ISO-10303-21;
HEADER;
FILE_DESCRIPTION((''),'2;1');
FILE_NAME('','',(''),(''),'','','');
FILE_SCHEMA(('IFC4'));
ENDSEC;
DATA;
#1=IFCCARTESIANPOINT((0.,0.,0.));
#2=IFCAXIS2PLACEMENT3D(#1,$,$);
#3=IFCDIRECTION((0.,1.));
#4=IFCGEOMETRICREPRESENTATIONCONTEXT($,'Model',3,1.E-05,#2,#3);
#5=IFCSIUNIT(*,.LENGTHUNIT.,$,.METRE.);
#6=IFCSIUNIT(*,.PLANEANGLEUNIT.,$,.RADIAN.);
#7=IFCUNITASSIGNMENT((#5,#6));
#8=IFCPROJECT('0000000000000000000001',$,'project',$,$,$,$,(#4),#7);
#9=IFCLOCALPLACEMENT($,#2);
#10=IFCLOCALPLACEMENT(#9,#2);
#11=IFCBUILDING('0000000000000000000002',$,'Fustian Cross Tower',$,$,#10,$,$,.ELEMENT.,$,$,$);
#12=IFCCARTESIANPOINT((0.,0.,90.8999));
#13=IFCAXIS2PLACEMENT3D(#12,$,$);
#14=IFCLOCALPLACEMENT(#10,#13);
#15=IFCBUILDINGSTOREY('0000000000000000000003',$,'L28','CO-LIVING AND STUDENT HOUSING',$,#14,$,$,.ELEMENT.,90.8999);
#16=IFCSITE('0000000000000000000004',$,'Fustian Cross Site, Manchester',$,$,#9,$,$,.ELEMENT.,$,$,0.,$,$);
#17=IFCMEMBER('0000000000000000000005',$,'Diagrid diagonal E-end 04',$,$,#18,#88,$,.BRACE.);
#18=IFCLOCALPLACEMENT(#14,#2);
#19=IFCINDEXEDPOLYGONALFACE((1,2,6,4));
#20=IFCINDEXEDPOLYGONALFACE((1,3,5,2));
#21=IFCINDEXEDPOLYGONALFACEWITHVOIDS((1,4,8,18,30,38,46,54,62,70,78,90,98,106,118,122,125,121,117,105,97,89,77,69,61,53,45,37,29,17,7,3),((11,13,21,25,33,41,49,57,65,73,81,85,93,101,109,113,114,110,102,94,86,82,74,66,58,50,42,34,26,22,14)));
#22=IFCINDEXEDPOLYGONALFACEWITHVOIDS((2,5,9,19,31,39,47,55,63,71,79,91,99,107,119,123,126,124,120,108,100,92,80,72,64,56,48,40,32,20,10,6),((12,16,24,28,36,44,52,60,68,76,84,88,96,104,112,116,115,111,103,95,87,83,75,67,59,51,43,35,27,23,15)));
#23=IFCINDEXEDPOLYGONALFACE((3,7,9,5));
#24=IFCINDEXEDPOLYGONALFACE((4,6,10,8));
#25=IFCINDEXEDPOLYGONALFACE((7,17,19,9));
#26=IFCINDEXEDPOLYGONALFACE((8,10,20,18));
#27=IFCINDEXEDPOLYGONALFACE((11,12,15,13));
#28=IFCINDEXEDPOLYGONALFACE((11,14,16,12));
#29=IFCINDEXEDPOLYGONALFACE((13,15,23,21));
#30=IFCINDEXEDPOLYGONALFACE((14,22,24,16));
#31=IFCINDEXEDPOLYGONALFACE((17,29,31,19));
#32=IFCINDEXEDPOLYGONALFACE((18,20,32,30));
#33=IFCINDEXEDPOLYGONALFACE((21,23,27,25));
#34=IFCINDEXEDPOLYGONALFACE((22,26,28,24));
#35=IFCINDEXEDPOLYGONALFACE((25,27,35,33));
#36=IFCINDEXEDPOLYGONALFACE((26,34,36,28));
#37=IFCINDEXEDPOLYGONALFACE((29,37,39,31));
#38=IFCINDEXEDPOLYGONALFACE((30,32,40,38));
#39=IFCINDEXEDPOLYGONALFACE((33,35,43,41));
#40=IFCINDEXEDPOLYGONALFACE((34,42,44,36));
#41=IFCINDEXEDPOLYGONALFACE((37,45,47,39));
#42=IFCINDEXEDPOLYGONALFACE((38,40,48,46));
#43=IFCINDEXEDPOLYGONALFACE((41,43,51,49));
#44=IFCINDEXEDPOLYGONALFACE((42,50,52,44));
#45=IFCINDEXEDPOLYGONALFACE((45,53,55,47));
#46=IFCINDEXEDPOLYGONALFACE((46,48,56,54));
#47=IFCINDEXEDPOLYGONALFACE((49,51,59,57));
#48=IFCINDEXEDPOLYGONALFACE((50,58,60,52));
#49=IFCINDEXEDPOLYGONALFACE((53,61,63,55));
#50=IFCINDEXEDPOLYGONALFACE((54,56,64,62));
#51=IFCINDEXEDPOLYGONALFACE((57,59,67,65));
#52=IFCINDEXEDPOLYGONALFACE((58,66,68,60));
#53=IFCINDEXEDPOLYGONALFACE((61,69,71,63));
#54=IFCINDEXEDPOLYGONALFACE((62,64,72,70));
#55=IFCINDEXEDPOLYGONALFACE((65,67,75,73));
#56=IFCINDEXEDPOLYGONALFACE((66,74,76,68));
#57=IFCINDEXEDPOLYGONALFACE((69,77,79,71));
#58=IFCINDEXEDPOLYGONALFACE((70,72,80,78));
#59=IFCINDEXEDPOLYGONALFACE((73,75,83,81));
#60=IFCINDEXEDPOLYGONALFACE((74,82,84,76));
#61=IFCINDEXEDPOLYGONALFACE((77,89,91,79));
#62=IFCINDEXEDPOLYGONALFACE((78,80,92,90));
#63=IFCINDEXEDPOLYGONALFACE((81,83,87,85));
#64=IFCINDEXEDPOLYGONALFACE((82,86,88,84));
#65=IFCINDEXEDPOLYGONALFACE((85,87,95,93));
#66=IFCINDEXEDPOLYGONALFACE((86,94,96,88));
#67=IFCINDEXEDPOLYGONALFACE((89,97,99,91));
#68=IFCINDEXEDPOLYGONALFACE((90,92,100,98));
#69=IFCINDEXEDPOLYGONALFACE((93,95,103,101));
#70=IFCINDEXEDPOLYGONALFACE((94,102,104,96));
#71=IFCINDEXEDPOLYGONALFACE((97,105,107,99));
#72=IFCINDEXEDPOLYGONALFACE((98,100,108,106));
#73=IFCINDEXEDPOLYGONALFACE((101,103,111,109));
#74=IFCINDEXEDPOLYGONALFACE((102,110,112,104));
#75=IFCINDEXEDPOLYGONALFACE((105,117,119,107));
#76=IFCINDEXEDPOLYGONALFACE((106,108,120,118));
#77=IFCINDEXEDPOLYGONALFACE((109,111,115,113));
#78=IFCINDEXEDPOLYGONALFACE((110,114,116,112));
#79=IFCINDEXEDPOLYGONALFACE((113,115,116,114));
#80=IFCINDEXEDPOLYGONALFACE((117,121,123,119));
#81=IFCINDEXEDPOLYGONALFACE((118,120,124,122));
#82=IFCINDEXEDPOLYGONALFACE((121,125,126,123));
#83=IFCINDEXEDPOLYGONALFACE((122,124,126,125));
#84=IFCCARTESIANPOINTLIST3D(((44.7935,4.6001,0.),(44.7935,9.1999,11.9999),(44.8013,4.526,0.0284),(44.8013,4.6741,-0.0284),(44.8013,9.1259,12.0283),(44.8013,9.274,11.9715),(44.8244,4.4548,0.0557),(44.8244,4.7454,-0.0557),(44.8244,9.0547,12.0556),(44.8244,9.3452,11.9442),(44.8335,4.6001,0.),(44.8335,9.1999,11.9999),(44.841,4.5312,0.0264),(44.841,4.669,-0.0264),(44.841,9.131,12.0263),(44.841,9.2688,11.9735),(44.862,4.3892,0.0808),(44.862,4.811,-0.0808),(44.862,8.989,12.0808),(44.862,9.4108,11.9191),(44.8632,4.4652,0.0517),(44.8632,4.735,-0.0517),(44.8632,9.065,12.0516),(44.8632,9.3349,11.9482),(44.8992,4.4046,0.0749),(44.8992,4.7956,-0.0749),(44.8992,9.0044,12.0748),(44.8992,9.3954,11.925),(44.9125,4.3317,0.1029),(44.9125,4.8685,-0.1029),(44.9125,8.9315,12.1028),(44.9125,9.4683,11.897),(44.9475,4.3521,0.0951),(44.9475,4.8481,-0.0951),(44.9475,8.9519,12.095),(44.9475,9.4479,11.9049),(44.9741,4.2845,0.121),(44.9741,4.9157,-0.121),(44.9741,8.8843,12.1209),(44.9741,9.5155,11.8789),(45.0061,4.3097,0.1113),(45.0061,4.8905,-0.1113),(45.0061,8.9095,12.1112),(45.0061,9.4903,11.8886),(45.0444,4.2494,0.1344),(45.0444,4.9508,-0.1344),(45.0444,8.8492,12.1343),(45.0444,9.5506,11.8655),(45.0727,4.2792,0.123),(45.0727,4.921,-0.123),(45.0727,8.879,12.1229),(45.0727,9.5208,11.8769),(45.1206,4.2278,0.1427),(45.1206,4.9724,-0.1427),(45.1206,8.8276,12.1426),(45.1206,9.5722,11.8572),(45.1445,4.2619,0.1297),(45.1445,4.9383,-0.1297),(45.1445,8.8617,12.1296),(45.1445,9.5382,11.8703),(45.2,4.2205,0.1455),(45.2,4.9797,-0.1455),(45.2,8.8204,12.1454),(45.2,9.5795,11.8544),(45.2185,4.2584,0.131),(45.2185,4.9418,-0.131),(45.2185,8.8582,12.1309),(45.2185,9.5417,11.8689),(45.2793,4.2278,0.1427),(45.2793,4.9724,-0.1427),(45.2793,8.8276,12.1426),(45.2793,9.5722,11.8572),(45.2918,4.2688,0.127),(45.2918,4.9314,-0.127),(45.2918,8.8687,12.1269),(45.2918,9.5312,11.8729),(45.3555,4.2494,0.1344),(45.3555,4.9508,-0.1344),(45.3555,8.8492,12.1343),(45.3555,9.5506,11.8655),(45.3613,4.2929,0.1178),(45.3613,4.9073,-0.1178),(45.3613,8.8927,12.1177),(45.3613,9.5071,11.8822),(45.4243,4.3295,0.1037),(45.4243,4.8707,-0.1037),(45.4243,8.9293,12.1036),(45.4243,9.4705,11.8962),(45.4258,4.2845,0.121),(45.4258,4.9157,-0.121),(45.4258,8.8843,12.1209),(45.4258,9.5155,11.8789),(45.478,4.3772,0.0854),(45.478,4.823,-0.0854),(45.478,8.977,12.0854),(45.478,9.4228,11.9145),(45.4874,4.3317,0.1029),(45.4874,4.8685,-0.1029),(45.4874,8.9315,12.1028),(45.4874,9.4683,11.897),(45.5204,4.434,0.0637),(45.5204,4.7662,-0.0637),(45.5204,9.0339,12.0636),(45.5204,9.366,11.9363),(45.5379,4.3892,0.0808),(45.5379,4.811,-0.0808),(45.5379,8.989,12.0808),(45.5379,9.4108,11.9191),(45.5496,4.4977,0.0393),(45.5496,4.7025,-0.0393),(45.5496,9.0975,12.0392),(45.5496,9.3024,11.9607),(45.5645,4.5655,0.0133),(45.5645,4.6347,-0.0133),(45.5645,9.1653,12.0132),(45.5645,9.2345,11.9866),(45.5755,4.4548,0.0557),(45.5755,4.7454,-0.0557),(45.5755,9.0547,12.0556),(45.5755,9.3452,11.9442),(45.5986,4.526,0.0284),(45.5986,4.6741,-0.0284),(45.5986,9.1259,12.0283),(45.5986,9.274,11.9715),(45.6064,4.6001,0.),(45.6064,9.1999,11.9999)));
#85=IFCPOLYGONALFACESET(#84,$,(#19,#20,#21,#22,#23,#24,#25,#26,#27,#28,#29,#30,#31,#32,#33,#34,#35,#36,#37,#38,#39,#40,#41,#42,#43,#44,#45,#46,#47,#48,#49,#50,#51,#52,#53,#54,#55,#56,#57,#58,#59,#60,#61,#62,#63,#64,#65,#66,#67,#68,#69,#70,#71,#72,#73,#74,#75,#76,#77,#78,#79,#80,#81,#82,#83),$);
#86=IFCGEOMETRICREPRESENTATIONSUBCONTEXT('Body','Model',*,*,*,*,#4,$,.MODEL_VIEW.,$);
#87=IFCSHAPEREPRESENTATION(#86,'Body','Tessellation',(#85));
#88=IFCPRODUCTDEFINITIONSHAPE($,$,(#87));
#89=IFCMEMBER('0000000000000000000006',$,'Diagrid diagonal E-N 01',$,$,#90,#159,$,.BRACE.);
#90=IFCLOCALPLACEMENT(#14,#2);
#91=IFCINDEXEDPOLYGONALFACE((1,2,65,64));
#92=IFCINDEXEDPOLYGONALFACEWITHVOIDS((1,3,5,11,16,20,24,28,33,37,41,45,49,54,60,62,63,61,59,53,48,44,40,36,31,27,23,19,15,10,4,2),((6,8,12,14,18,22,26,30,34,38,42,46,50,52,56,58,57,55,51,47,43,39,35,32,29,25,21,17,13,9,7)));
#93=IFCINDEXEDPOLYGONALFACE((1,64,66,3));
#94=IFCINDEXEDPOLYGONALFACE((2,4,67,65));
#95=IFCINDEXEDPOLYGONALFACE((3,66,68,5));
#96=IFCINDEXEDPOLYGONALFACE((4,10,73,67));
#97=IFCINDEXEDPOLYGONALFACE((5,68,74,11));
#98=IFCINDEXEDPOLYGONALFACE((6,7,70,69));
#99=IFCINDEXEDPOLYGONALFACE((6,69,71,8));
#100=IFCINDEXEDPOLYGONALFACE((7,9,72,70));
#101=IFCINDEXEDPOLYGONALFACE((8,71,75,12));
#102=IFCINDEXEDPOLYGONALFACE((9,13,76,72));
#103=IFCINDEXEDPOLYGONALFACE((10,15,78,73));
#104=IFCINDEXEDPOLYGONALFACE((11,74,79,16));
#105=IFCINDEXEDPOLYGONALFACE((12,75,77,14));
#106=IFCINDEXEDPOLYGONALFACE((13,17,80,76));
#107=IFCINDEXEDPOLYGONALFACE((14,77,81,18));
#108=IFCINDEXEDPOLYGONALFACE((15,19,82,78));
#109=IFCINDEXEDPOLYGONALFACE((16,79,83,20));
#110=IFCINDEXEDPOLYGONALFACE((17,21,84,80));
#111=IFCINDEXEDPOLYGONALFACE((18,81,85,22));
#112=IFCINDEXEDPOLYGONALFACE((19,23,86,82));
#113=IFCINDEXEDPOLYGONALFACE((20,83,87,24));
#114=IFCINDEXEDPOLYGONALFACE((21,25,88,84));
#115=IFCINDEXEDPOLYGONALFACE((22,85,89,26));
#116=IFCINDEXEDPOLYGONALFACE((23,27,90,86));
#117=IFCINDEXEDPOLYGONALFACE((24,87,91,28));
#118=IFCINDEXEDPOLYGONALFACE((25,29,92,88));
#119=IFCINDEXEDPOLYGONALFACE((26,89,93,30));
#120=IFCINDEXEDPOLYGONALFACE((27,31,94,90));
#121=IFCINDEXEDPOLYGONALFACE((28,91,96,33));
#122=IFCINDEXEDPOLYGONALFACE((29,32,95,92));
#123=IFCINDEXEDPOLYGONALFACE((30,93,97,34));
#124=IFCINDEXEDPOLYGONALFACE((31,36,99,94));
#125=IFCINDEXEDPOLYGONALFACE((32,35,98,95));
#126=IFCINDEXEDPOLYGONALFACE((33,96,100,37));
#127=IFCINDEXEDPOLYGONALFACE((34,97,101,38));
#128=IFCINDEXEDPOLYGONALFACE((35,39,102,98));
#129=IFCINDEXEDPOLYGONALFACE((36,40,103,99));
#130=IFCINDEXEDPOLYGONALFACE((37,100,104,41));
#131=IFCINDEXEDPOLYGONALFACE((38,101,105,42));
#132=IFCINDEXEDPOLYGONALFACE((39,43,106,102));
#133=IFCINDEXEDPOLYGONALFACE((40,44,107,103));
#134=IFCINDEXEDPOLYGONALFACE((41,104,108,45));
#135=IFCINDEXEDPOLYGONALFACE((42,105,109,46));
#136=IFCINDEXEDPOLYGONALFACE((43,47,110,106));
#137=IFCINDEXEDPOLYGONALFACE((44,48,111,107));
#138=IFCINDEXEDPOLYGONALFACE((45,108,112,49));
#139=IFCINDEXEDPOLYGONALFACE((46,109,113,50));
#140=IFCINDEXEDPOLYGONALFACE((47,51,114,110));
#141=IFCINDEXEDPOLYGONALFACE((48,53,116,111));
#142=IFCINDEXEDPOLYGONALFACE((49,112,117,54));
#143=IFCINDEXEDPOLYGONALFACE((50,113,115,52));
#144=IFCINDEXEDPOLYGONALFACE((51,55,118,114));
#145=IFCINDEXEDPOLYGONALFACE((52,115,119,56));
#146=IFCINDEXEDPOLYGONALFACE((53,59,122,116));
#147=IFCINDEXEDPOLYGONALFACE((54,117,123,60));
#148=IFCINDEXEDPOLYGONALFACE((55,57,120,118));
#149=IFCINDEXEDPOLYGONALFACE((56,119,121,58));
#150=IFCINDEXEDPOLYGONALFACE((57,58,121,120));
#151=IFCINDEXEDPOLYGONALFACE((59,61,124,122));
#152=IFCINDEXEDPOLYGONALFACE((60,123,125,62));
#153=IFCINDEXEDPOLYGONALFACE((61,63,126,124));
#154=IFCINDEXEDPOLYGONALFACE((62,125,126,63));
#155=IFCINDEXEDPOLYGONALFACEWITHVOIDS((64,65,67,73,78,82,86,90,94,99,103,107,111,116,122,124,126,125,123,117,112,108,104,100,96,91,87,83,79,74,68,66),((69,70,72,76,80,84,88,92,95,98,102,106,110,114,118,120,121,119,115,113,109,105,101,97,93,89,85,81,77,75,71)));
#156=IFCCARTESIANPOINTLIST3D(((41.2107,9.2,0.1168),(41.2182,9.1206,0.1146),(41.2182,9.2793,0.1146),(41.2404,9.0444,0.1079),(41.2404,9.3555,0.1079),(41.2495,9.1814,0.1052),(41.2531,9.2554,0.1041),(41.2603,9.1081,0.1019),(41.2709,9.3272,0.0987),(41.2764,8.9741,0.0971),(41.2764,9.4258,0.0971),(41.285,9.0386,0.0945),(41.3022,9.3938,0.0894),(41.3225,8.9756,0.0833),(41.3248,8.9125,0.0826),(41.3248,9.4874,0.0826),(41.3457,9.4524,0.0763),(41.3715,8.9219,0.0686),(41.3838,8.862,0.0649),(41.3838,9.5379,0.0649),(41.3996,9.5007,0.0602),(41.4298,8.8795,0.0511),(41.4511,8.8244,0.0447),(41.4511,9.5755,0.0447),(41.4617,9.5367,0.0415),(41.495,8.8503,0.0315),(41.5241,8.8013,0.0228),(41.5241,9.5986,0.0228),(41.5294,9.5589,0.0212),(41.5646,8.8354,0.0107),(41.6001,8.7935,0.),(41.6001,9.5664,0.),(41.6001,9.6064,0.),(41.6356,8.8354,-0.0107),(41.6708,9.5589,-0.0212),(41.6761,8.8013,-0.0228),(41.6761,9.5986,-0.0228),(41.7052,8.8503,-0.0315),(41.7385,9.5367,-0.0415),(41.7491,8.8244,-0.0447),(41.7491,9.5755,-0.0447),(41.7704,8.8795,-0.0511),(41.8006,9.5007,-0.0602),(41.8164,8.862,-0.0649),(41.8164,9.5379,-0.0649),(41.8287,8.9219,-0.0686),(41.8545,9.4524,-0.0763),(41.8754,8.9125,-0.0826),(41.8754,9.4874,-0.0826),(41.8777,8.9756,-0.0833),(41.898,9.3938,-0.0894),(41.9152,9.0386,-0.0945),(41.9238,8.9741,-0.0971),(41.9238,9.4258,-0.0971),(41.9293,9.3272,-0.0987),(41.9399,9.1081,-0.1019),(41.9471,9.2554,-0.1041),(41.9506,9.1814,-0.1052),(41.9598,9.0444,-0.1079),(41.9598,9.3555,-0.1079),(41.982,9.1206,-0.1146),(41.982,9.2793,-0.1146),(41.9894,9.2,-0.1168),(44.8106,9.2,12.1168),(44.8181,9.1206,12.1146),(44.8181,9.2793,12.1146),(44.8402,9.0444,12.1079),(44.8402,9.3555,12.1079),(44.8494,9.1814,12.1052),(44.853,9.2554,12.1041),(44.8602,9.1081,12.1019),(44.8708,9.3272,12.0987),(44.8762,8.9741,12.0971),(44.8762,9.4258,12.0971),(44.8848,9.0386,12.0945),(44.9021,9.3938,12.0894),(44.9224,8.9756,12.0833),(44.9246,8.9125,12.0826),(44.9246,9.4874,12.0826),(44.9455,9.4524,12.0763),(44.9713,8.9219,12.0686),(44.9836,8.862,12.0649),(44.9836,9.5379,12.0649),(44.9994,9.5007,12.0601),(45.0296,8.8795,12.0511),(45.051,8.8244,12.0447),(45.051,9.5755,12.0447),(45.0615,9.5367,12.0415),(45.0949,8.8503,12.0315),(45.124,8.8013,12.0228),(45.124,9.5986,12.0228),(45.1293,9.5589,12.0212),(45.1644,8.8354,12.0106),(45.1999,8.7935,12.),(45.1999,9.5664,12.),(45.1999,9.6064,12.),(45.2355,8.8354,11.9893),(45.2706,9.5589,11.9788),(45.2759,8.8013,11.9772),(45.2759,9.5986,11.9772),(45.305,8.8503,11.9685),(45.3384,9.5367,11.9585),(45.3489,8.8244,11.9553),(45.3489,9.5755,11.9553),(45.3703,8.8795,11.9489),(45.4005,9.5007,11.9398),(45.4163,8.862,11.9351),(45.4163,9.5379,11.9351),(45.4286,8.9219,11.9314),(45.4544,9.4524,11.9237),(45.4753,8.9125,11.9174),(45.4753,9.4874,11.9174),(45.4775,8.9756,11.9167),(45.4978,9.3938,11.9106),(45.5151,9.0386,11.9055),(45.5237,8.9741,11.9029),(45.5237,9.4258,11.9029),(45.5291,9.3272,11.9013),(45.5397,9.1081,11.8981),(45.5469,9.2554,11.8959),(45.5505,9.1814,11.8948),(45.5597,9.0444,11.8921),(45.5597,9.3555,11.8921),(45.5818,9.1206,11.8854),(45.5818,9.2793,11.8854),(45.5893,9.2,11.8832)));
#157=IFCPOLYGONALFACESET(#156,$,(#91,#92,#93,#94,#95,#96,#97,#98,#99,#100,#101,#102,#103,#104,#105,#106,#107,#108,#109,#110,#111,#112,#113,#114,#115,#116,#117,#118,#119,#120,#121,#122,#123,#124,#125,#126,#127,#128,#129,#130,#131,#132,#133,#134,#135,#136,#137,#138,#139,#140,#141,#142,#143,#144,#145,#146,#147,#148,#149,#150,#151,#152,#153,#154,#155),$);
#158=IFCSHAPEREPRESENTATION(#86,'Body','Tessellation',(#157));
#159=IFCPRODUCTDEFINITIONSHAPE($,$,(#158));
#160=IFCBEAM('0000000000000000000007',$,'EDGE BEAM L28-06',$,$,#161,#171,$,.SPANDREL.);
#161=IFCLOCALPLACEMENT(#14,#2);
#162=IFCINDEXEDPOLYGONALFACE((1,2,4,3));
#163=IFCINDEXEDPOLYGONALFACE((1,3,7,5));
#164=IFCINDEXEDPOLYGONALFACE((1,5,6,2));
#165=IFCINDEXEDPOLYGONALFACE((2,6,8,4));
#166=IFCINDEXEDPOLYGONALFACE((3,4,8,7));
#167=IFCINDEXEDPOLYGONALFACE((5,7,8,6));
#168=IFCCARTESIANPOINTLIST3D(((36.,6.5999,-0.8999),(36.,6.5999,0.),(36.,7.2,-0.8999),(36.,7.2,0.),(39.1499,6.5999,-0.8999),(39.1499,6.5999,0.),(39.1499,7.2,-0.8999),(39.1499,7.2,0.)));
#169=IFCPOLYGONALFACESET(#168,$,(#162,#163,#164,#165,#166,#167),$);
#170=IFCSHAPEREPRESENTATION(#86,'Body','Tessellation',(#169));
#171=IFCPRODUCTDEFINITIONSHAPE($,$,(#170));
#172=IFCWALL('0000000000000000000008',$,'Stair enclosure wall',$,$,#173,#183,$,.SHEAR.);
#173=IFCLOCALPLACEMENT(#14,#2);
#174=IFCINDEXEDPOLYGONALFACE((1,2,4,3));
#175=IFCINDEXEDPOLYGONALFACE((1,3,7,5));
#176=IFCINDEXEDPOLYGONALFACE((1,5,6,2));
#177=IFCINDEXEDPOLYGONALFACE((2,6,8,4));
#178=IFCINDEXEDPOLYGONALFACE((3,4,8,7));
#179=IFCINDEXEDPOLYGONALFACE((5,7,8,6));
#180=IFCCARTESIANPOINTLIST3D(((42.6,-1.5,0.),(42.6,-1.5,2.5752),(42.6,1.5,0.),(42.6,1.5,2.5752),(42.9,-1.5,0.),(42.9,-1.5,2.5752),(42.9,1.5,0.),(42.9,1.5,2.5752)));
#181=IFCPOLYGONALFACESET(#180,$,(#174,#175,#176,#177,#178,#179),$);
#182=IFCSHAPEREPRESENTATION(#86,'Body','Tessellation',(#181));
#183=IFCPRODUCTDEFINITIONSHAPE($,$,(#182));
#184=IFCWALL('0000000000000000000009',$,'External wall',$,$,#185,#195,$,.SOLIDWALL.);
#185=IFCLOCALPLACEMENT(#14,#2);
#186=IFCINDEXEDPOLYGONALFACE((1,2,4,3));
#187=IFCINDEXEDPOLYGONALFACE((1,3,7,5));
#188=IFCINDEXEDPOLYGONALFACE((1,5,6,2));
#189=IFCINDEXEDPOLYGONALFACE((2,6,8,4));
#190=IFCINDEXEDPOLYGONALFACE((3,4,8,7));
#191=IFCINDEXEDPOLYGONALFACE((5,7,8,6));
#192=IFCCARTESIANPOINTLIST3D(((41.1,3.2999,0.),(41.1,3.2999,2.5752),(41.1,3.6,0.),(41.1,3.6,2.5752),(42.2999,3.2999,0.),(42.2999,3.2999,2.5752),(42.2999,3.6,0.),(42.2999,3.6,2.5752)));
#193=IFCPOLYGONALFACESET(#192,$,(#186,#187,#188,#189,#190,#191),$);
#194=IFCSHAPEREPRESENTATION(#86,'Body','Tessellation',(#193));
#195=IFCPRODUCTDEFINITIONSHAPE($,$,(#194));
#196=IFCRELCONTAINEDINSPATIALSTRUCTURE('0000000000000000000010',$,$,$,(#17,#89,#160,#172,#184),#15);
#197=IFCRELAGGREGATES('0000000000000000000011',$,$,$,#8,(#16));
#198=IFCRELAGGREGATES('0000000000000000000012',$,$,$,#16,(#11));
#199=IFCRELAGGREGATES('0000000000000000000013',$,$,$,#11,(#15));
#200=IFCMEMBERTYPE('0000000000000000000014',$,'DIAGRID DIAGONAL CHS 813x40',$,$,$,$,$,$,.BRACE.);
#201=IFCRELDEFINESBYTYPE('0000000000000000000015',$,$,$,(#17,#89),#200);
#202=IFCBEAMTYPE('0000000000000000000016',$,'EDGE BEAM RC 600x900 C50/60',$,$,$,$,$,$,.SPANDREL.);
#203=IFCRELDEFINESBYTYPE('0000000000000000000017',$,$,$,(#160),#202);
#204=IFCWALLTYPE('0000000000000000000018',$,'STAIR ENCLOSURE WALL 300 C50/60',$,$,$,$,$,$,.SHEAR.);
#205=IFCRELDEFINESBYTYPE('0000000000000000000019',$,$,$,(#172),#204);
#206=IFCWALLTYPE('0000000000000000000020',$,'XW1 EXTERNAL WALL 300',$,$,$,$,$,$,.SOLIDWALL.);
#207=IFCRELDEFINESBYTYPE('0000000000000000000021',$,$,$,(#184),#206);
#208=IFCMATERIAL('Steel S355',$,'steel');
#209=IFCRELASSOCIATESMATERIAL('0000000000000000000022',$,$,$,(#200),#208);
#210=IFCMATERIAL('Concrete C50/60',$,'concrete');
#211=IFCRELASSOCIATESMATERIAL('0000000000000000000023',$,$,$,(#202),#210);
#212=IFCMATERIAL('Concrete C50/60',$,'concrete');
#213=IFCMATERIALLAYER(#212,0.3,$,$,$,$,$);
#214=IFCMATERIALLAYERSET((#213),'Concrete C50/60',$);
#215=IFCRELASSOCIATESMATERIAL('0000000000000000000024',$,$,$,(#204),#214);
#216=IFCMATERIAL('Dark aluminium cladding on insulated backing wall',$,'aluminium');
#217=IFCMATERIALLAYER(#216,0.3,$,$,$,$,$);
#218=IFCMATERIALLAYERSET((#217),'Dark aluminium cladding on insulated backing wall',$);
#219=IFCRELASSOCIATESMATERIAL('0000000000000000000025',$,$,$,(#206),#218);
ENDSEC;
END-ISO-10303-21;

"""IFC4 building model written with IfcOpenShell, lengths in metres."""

from ifc_helpers import new_model, si_unit, direction, frame, frame_2d, origin, origin_2d, place, context, subcontext, project, spatial, rectangle, hollow_circle, extrude, material, layer, layer_set, material_profile, profile_set, type_object, element, save


model = new_model("IFC4")

# Units and contexts
model_context = context("Model", 3, precision=1e-05, world=origin(), true_north=direction((0.0, 1.0)))
body_context = subcontext(model_context, "Body", "Model", "MODEL_VIEW")
ifc_project = project(units=[si_unit("LENGTHUNIT", "METRE"), si_unit("PLANEANGLEUNIT", "RADIAN")], contexts=[model_context])

# Site, building, storey
site_placement = place(None, origin())
site = spatial("IfcSite", under=ifc_project, at=site_placement, Name="Fustian Cross Site, Manchester", CompositionType="ELEMENT", RefElevation=0.0)
building_placement = place(site_placement, origin())
building = spatial("IfcBuilding", under=site, at=building_placement, Name="Fustian Cross Tower", CompositionType="ELEMENT")
storey_placement = place(building_placement, frame((0.0, 0.0, 90.8999)))
storey = spatial("IfcBuildingStorey", under=building, at=storey_placement, Name="L28", Description="CO-LIVING AND STUDENT HOUSING", CompositionType="ELEMENT", Elevation=90.8999)

# Members
ifc_material_1 = material(Name="Steel S355", Category="steel")
ifc_material_profile_1 = material_profile(ifc_material_1, hollow_circle(Radius=0.4065, WallThickness=0.04, at=origin_2d()), Name="CHS 813x40")
ifc_profile_set_1 = profile_set([ifc_material_profile_1], Name="Steel S355")
member_type_1 = type_object("IfcMemberType", Name="DIAGRID DIAGONAL CHS 813x40", PredefinedType="BRACE", material=ifc_profile_set_1)
member_1_placement = place(storey_placement, frame((45.2, 4.6001, 0.0), z_axis=(0.0, 0.357926, 0.93375), x_axis=(-1.0, 0.0, 0.0)))
element("IfcMember", 1, at=member_1_placement, inside=storey, type_object=member_type_1, Name="Diagrid diagonal E-end 04", PredefinedType="BRACE", context=body_context, shape_type="SweptSolid", body=[
    extrude(hollow_circle(Radius=0.4065, WallThickness=0.04, at=origin_2d()), origin(), (0.0, 0.0, 1.0), 12.8513),
])
member_2_placement = place(storey_placement, frame((41.6001, 9.2, 0.0), z_axis=(0.287337, 0.0, 0.95783), x_axis=(0.0, 1.0, 0.0)))
element("IfcMember", 2, at=member_2_placement, inside=storey, type_object=member_type_1, Name="Diagrid diagonal E-N 01", PredefinedType="BRACE", context=body_context, shape_type="SweptSolid", body=[
    extrude(hollow_circle(Radius=0.4065, WallThickness=0.04, at=origin_2d()), origin(), (0.0, 0.0, 1.0), 12.5283),
])

# Beam
ifc_material_2 = material(Name="Concrete C50/60", Category="concrete")
ifc_material_profile_2 = material_profile(ifc_material_2, rectangle(XDim=0.6001, YDim=0.8999, at=origin_2d()), Name="RC 600x900")
ifc_profile_set_2 = profile_set([ifc_material_profile_2], Name="Concrete C50/60")
beam_type = type_object("IfcBeamType", Name="EDGE BEAM RC 600x900 C50/60", PredefinedType="SPANDREL", material=ifc_profile_set_2)
beam_placement = place(storey_placement, frame((39.1499, 6.8999, -0.45), z_axis=(-1.0, 0.0, 0.0), x_axis=(0.0, -1.0, 0.0)))
element("IfcBeam", 3, at=beam_placement, inside=storey, type_object=beam_type, Name="EDGE BEAM L28-06", PredefinedType="SPANDREL", context=body_context, shape_type="SweptSolid", body=[
    extrude(rectangle(XDim=0.6001, YDim=0.8999, at=origin_2d()), origin(), (0.0, 0.0, 1.0), 3.1499),
])

# Walls
ifc_material_3 = material(Name="Concrete C50/60", Category="concrete")
ifc_layer_1 = layer(ifc_material_3, 0.3)
ifc_layer_set_1 = layer_set([ifc_layer_1], Name="Concrete C50/60")
wall_type_1 = type_object("IfcWallType", Name="STAIR ENCLOSURE WALL 300 C50/60", PredefinedType="SHEAR", material=ifc_layer_set_1)
wall_1_placement = place(storey_placement, frame((42.75, -1.5, 0.0), z_axis=(0.0, 0.0, 1.0), x_axis=(0.0, 1.0, 0.0)))
element("IfcWall", 4, at=wall_1_placement, inside=storey, type_object=wall_type_1, Name="Stair enclosure wall", PredefinedType="SHEAR", context=body_context, shape_type="SweptSolid", body=[
    extrude(rectangle(XDim=3.0, YDim=0.3, at=frame_2d((1.5, 0.0))), origin(), (0.0, 0.0, 1.0), 2.5752),
])
ifc_material_4 = material(Name="Dark aluminium cladding on insulated backing wall", Category="aluminium")
ifc_layer_2 = layer(ifc_material_4, 0.3)
ifc_layer_set_2 = layer_set([ifc_layer_2], Name="Dark aluminium cladding on insulated backing wall")
wall_type_2 = type_object("IfcWallType", Name="XW1 EXTERNAL WALL 300", PredefinedType="SOLIDWALL", material=ifc_layer_set_2)
wall_2_placement = place(storey_placement, frame((42.3, 3.45, 0.0), z_axis=(0.0, 0.0, 1.0), x_axis=(-1.0, 0.0, 0.0)))
element("IfcWall", 5, at=wall_2_placement, inside=storey, type_object=wall_type_2, Name="External wall", PredefinedType="SOLIDWALL", context=body_context, shape_type="SweptSolid", body=[
    extrude(rectangle(XDim=1.2, YDim=0.3, at=frame_2d((0.6001, 0.0))), origin(), (0.0, 0.0, 1.0), 2.5752),
])

save(model, "model.ifc")
